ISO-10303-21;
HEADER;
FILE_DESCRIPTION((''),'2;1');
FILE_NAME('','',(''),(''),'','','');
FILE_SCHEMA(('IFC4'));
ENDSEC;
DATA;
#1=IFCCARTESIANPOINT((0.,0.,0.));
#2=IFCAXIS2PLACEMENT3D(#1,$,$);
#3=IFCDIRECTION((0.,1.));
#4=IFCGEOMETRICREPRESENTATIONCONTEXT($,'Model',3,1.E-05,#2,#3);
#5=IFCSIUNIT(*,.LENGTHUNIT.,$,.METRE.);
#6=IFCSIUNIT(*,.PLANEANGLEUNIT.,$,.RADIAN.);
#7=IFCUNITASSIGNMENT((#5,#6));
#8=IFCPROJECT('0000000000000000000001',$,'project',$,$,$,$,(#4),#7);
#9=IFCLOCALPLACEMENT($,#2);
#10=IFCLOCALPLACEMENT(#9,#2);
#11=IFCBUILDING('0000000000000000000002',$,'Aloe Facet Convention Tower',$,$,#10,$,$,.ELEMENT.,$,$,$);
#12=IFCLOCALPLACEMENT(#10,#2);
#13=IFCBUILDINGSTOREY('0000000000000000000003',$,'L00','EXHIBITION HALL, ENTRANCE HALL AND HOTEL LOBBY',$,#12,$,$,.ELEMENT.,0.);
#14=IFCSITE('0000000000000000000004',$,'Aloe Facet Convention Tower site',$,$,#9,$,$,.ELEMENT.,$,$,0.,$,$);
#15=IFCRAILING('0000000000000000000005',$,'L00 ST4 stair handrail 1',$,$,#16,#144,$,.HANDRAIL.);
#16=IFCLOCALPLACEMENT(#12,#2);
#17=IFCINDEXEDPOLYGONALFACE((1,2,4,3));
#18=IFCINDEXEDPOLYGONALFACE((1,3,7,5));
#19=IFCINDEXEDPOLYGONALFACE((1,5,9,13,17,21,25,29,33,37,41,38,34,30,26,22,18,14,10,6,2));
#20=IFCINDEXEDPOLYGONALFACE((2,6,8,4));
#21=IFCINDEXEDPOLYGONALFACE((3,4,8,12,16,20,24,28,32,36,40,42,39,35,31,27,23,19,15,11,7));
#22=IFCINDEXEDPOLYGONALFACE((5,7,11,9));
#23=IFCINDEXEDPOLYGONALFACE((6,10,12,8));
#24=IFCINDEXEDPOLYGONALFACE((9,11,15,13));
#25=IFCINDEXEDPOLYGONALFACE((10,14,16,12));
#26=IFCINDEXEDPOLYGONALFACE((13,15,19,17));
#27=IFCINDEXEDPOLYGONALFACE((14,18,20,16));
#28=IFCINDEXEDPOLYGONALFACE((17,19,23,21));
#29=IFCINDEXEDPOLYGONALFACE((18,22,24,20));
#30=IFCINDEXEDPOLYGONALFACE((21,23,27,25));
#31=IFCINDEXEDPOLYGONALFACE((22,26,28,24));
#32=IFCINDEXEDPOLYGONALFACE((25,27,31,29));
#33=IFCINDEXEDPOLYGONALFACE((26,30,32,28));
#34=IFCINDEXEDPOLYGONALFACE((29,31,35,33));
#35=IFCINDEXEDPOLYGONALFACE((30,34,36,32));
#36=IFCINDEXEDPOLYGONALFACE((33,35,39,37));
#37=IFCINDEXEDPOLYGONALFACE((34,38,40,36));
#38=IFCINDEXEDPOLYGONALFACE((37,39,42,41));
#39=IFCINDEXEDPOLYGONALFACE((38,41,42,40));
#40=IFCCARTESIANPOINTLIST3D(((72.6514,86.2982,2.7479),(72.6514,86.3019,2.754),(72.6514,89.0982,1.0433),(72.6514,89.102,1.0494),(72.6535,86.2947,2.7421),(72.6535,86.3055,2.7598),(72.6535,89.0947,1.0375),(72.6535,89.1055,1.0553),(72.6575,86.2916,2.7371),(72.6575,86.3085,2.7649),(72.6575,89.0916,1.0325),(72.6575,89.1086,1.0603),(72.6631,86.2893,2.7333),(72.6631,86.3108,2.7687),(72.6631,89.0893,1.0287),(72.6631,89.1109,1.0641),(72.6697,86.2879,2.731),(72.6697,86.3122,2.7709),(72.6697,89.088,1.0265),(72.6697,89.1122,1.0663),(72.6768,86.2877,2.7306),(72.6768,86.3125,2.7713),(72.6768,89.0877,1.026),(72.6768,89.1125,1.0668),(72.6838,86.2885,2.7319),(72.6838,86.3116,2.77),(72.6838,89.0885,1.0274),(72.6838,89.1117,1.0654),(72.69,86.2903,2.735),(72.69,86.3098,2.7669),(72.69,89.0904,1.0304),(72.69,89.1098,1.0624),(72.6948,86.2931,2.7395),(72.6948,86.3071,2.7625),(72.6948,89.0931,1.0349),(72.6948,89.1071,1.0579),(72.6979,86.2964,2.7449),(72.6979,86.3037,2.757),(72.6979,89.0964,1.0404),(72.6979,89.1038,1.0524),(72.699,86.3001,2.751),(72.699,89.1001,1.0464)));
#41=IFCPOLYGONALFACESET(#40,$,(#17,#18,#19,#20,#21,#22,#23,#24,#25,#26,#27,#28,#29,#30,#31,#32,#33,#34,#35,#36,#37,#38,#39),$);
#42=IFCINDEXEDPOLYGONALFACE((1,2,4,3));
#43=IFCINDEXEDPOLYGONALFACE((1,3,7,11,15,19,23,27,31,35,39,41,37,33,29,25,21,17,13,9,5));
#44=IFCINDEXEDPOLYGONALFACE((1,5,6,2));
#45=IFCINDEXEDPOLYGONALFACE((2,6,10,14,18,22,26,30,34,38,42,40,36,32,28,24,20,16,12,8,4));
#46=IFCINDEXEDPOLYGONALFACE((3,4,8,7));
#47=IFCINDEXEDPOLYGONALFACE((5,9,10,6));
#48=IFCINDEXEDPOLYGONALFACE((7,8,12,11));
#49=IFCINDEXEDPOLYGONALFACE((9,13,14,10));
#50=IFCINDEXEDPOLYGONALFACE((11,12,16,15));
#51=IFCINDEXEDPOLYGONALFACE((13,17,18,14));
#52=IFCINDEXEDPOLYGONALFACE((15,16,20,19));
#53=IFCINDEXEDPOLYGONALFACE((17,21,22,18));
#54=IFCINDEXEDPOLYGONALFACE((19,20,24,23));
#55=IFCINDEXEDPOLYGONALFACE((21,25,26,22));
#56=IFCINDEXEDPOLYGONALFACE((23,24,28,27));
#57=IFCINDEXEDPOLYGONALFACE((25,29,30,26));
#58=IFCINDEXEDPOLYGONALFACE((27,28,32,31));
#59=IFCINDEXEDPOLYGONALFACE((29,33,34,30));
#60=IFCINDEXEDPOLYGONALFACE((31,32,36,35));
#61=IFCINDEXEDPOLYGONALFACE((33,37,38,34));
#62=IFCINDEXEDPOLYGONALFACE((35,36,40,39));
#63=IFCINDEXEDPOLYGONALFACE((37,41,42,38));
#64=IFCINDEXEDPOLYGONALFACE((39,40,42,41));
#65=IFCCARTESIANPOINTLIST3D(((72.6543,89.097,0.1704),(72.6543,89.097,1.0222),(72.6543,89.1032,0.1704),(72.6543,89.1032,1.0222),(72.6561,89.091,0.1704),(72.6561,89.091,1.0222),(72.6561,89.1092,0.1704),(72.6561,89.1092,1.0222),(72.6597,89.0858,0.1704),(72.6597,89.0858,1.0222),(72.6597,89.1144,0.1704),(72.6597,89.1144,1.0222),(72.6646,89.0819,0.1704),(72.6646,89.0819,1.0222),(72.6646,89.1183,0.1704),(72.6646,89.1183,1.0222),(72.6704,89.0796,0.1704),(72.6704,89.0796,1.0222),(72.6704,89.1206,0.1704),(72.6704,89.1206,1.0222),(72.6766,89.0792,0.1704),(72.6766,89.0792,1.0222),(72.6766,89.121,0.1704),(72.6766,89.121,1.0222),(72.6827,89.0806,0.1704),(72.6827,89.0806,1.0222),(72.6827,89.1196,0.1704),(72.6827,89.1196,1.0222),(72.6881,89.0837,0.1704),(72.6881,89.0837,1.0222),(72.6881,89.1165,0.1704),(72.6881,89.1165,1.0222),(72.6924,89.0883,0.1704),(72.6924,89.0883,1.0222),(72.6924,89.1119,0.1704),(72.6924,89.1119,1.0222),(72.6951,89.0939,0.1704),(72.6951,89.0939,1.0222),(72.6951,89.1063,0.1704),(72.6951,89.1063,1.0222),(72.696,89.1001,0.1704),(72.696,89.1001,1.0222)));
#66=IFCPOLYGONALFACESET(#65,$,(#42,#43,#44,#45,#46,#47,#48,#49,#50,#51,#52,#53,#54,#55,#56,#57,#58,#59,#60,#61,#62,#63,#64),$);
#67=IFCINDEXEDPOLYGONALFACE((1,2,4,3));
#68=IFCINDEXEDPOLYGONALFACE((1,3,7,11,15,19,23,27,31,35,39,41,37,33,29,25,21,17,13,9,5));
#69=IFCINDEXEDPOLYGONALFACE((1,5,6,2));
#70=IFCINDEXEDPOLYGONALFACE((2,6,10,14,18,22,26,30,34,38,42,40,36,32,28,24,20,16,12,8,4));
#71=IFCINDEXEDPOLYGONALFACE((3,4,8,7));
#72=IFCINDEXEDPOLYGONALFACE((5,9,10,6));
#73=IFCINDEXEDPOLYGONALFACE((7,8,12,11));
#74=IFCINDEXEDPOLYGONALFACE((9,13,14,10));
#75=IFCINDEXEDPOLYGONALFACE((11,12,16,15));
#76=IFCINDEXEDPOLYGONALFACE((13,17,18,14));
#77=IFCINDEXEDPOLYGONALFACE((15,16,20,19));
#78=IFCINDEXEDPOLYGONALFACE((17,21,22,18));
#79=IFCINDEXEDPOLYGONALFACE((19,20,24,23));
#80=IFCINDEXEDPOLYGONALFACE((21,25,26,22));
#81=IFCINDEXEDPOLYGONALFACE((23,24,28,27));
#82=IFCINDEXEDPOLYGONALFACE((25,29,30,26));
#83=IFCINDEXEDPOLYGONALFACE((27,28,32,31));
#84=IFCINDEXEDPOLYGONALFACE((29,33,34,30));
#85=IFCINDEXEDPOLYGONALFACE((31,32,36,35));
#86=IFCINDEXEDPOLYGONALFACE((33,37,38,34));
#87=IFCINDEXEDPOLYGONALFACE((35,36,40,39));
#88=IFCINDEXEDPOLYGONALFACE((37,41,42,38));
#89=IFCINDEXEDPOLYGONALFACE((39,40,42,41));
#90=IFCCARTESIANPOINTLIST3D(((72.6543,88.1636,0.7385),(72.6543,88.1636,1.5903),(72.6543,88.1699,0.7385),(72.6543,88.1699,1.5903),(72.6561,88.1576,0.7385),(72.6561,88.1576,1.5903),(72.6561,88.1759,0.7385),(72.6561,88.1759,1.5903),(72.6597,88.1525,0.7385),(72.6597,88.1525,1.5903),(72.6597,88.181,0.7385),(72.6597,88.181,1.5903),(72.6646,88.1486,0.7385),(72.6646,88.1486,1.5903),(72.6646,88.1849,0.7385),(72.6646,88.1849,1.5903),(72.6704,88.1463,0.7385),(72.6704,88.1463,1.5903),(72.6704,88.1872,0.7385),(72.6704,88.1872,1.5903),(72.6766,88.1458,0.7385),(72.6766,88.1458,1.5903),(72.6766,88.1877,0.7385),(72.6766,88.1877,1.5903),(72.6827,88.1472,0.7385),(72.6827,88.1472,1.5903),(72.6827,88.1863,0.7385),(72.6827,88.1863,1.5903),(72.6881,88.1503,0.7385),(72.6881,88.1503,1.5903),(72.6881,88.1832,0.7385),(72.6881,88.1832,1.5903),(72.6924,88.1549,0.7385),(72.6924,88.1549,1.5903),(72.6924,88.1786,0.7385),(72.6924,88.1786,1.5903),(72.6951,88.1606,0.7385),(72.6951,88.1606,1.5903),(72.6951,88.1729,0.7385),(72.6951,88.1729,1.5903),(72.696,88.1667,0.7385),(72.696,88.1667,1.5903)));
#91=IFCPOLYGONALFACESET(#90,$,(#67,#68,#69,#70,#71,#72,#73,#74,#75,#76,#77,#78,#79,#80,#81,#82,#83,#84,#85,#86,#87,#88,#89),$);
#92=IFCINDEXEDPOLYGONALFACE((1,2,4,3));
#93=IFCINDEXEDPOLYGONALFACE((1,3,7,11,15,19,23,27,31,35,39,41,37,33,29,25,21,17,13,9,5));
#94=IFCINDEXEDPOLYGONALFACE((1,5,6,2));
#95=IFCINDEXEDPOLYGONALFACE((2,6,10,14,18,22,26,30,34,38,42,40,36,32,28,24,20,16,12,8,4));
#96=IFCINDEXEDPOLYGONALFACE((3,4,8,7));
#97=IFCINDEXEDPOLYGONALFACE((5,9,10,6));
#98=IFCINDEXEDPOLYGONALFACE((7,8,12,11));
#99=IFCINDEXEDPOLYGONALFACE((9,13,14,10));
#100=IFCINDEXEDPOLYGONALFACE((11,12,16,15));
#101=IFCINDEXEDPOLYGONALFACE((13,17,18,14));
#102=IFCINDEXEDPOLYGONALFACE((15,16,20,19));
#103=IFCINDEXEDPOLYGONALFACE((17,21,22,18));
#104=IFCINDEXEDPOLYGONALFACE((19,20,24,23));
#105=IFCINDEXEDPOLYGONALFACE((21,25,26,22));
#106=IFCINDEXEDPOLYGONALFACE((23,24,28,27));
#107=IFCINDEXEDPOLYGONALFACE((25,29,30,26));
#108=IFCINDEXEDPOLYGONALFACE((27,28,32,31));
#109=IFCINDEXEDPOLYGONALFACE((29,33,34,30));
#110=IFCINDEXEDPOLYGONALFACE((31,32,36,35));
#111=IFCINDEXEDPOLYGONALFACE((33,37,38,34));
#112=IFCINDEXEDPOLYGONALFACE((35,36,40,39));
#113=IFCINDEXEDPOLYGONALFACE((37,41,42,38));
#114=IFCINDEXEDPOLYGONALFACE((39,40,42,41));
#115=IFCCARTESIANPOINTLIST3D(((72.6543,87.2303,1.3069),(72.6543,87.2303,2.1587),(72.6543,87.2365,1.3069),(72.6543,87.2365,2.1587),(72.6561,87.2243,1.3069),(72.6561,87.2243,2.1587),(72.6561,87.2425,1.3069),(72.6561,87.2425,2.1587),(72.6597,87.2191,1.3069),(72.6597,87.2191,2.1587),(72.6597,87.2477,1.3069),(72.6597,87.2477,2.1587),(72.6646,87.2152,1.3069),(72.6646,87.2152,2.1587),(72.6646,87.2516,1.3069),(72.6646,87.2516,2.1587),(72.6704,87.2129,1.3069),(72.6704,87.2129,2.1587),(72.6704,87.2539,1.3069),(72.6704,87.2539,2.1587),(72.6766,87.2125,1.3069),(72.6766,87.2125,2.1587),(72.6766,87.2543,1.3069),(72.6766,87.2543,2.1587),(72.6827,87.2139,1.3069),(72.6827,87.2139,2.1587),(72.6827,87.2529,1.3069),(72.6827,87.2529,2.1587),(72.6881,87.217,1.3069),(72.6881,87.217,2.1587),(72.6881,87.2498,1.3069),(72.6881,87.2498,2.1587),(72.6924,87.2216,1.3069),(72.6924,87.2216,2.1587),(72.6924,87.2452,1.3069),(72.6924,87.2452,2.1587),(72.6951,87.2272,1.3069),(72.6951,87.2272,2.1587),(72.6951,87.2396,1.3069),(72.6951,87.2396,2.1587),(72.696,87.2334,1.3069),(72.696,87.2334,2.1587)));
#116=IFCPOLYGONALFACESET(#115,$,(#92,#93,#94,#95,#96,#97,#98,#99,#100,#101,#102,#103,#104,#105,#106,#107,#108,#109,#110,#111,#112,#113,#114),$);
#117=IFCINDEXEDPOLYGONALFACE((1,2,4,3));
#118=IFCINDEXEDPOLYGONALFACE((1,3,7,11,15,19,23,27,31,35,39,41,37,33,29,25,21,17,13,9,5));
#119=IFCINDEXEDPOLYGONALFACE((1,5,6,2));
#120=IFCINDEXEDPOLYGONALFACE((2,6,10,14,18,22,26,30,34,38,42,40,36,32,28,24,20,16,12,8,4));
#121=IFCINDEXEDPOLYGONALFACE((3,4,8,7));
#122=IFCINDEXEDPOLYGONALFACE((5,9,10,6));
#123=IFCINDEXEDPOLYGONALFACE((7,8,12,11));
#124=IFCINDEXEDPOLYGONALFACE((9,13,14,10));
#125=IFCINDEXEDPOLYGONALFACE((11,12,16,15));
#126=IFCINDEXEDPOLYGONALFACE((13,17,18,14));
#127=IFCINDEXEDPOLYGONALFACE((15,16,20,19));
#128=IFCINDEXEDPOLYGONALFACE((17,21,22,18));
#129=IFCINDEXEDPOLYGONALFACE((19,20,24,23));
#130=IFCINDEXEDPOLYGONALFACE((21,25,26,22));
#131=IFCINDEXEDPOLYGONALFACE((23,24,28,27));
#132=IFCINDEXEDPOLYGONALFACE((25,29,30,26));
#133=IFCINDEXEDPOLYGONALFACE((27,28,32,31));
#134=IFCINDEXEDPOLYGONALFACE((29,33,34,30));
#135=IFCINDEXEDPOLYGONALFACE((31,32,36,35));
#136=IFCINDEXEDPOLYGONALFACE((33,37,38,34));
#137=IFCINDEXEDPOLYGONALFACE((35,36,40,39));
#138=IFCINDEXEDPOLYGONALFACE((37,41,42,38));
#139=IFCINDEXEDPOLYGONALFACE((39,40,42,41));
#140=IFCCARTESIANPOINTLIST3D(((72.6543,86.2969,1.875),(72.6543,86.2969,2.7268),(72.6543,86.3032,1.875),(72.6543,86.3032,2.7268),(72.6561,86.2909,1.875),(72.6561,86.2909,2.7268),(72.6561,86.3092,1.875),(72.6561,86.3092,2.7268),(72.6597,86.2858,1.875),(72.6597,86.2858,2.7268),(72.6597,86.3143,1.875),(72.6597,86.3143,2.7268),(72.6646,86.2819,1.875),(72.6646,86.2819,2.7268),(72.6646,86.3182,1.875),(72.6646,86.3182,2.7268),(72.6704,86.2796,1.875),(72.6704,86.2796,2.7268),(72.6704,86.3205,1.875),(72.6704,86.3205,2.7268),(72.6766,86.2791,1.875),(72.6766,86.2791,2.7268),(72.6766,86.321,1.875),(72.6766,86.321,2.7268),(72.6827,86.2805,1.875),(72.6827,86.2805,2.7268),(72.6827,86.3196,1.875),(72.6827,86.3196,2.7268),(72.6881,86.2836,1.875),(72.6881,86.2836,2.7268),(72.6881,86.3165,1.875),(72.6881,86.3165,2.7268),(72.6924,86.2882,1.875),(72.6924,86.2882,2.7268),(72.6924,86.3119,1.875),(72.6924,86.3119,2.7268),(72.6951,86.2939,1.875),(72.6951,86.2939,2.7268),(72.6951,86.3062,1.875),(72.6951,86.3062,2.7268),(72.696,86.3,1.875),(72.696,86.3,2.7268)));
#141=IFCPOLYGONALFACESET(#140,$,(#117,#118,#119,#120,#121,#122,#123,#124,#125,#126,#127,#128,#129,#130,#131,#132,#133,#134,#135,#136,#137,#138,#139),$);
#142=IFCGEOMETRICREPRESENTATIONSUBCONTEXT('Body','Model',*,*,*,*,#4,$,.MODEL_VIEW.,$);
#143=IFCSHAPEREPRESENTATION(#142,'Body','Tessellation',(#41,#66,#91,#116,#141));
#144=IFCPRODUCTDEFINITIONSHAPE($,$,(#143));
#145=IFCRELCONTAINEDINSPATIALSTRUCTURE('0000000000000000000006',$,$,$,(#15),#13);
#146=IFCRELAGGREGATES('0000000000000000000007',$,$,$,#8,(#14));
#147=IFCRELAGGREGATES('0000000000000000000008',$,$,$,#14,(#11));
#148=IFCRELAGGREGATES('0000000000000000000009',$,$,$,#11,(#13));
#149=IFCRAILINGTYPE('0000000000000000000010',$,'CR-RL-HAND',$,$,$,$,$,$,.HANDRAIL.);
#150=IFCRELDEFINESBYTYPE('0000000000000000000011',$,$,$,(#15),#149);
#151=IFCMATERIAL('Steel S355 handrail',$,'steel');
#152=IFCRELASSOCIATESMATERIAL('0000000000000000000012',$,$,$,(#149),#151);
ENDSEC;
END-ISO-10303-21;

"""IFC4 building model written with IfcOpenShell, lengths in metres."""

from ifc_helpers import new_model, si_unit, direction, frame, origin, origin_2d, place, context, subcontext, project, spatial, circle, extrude, material, type_object, element, save


model = new_model("IFC4")

# Units and contexts
model_context = context("Model", 3, precision=1e-05, world=origin(), true_north=direction((0.0, 1.0)))
body_context = subcontext(model_context, "Body", "Model", "MODEL_VIEW")
ifc_project = project(units=[si_unit("LENGTHUNIT", "METRE"), si_unit("PLANEANGLEUNIT", "RADIAN")], contexts=[model_context])

# Site, building, storey
site_placement = place(None, origin())
site = spatial("IfcSite", under=ifc_project, at=site_placement, Name="Aloe Facet Convention Tower site", CompositionType="ELEMENT", RefElevation=0.0)
building_placement = place(site_placement, origin())
building = spatial("IfcBuilding", under=site, at=building_placement, Name="Aloe Facet Convention Tower", CompositionType="ELEMENT")
storey_placement = place(building_placement, origin())
storey = spatial("IfcBuildingStorey", under=building, at=storey_placement, Name="L00", Description="EXHIBITION HALL, ENTRANCE HALL AND HOTEL LOBBY", CompositionType="ELEMENT", Elevation=0.0)

# Railing
ifc_material_1 = material(Name="Steel S355 handrail", Category="steel")
railing_type_1 = type_object("IfcRailingType", Name="CR-RL-HAND", PredefinedType="HANDRAIL", material=ifc_material_1)
railing_1_placement = place(storey_placement, frame((72.675, 89.1001, 0.1704)))
element("IfcRailing", 1, at=railing_1_placement, inside=storey, type_object=railing_type_1, Name="L00 ST4 stair handrail 1", PredefinedType="HANDRAIL", context=body_context, shape_type="SweptSolid", body=[
    extrude(circle(Radius=0.0239, at=origin_2d()), frame((0.0, 0.0, 0.876), z_axis=(0.0, -0.85417, 0.519994), x_axis=(1.0, 0.0, 0.0)), (0.0, 0.0, 1.0), 3.2781),
    extrude(circle(Radius=0.021, at=origin_2d()), origin(), (0.0, 0.0, 1.0), 0.8518),
    extrude(circle(Radius=0.021, at=origin_2d()), frame((0.0, -0.9333, 0.5681)), (0.0, 0.0, 1.0), 0.8518),
    extrude(circle(Radius=0.021, at=origin_2d()), frame((0.0, -1.8667, 1.1365)), (0.0, 0.0, 1.0), 0.8518),
    extrude(circle(Radius=0.021, at=origin_2d()), frame((0.0, -2.8, 1.7046)), (0.0, 0.0, 1.0), 0.8518),
])

save(model, "model.ifc")
